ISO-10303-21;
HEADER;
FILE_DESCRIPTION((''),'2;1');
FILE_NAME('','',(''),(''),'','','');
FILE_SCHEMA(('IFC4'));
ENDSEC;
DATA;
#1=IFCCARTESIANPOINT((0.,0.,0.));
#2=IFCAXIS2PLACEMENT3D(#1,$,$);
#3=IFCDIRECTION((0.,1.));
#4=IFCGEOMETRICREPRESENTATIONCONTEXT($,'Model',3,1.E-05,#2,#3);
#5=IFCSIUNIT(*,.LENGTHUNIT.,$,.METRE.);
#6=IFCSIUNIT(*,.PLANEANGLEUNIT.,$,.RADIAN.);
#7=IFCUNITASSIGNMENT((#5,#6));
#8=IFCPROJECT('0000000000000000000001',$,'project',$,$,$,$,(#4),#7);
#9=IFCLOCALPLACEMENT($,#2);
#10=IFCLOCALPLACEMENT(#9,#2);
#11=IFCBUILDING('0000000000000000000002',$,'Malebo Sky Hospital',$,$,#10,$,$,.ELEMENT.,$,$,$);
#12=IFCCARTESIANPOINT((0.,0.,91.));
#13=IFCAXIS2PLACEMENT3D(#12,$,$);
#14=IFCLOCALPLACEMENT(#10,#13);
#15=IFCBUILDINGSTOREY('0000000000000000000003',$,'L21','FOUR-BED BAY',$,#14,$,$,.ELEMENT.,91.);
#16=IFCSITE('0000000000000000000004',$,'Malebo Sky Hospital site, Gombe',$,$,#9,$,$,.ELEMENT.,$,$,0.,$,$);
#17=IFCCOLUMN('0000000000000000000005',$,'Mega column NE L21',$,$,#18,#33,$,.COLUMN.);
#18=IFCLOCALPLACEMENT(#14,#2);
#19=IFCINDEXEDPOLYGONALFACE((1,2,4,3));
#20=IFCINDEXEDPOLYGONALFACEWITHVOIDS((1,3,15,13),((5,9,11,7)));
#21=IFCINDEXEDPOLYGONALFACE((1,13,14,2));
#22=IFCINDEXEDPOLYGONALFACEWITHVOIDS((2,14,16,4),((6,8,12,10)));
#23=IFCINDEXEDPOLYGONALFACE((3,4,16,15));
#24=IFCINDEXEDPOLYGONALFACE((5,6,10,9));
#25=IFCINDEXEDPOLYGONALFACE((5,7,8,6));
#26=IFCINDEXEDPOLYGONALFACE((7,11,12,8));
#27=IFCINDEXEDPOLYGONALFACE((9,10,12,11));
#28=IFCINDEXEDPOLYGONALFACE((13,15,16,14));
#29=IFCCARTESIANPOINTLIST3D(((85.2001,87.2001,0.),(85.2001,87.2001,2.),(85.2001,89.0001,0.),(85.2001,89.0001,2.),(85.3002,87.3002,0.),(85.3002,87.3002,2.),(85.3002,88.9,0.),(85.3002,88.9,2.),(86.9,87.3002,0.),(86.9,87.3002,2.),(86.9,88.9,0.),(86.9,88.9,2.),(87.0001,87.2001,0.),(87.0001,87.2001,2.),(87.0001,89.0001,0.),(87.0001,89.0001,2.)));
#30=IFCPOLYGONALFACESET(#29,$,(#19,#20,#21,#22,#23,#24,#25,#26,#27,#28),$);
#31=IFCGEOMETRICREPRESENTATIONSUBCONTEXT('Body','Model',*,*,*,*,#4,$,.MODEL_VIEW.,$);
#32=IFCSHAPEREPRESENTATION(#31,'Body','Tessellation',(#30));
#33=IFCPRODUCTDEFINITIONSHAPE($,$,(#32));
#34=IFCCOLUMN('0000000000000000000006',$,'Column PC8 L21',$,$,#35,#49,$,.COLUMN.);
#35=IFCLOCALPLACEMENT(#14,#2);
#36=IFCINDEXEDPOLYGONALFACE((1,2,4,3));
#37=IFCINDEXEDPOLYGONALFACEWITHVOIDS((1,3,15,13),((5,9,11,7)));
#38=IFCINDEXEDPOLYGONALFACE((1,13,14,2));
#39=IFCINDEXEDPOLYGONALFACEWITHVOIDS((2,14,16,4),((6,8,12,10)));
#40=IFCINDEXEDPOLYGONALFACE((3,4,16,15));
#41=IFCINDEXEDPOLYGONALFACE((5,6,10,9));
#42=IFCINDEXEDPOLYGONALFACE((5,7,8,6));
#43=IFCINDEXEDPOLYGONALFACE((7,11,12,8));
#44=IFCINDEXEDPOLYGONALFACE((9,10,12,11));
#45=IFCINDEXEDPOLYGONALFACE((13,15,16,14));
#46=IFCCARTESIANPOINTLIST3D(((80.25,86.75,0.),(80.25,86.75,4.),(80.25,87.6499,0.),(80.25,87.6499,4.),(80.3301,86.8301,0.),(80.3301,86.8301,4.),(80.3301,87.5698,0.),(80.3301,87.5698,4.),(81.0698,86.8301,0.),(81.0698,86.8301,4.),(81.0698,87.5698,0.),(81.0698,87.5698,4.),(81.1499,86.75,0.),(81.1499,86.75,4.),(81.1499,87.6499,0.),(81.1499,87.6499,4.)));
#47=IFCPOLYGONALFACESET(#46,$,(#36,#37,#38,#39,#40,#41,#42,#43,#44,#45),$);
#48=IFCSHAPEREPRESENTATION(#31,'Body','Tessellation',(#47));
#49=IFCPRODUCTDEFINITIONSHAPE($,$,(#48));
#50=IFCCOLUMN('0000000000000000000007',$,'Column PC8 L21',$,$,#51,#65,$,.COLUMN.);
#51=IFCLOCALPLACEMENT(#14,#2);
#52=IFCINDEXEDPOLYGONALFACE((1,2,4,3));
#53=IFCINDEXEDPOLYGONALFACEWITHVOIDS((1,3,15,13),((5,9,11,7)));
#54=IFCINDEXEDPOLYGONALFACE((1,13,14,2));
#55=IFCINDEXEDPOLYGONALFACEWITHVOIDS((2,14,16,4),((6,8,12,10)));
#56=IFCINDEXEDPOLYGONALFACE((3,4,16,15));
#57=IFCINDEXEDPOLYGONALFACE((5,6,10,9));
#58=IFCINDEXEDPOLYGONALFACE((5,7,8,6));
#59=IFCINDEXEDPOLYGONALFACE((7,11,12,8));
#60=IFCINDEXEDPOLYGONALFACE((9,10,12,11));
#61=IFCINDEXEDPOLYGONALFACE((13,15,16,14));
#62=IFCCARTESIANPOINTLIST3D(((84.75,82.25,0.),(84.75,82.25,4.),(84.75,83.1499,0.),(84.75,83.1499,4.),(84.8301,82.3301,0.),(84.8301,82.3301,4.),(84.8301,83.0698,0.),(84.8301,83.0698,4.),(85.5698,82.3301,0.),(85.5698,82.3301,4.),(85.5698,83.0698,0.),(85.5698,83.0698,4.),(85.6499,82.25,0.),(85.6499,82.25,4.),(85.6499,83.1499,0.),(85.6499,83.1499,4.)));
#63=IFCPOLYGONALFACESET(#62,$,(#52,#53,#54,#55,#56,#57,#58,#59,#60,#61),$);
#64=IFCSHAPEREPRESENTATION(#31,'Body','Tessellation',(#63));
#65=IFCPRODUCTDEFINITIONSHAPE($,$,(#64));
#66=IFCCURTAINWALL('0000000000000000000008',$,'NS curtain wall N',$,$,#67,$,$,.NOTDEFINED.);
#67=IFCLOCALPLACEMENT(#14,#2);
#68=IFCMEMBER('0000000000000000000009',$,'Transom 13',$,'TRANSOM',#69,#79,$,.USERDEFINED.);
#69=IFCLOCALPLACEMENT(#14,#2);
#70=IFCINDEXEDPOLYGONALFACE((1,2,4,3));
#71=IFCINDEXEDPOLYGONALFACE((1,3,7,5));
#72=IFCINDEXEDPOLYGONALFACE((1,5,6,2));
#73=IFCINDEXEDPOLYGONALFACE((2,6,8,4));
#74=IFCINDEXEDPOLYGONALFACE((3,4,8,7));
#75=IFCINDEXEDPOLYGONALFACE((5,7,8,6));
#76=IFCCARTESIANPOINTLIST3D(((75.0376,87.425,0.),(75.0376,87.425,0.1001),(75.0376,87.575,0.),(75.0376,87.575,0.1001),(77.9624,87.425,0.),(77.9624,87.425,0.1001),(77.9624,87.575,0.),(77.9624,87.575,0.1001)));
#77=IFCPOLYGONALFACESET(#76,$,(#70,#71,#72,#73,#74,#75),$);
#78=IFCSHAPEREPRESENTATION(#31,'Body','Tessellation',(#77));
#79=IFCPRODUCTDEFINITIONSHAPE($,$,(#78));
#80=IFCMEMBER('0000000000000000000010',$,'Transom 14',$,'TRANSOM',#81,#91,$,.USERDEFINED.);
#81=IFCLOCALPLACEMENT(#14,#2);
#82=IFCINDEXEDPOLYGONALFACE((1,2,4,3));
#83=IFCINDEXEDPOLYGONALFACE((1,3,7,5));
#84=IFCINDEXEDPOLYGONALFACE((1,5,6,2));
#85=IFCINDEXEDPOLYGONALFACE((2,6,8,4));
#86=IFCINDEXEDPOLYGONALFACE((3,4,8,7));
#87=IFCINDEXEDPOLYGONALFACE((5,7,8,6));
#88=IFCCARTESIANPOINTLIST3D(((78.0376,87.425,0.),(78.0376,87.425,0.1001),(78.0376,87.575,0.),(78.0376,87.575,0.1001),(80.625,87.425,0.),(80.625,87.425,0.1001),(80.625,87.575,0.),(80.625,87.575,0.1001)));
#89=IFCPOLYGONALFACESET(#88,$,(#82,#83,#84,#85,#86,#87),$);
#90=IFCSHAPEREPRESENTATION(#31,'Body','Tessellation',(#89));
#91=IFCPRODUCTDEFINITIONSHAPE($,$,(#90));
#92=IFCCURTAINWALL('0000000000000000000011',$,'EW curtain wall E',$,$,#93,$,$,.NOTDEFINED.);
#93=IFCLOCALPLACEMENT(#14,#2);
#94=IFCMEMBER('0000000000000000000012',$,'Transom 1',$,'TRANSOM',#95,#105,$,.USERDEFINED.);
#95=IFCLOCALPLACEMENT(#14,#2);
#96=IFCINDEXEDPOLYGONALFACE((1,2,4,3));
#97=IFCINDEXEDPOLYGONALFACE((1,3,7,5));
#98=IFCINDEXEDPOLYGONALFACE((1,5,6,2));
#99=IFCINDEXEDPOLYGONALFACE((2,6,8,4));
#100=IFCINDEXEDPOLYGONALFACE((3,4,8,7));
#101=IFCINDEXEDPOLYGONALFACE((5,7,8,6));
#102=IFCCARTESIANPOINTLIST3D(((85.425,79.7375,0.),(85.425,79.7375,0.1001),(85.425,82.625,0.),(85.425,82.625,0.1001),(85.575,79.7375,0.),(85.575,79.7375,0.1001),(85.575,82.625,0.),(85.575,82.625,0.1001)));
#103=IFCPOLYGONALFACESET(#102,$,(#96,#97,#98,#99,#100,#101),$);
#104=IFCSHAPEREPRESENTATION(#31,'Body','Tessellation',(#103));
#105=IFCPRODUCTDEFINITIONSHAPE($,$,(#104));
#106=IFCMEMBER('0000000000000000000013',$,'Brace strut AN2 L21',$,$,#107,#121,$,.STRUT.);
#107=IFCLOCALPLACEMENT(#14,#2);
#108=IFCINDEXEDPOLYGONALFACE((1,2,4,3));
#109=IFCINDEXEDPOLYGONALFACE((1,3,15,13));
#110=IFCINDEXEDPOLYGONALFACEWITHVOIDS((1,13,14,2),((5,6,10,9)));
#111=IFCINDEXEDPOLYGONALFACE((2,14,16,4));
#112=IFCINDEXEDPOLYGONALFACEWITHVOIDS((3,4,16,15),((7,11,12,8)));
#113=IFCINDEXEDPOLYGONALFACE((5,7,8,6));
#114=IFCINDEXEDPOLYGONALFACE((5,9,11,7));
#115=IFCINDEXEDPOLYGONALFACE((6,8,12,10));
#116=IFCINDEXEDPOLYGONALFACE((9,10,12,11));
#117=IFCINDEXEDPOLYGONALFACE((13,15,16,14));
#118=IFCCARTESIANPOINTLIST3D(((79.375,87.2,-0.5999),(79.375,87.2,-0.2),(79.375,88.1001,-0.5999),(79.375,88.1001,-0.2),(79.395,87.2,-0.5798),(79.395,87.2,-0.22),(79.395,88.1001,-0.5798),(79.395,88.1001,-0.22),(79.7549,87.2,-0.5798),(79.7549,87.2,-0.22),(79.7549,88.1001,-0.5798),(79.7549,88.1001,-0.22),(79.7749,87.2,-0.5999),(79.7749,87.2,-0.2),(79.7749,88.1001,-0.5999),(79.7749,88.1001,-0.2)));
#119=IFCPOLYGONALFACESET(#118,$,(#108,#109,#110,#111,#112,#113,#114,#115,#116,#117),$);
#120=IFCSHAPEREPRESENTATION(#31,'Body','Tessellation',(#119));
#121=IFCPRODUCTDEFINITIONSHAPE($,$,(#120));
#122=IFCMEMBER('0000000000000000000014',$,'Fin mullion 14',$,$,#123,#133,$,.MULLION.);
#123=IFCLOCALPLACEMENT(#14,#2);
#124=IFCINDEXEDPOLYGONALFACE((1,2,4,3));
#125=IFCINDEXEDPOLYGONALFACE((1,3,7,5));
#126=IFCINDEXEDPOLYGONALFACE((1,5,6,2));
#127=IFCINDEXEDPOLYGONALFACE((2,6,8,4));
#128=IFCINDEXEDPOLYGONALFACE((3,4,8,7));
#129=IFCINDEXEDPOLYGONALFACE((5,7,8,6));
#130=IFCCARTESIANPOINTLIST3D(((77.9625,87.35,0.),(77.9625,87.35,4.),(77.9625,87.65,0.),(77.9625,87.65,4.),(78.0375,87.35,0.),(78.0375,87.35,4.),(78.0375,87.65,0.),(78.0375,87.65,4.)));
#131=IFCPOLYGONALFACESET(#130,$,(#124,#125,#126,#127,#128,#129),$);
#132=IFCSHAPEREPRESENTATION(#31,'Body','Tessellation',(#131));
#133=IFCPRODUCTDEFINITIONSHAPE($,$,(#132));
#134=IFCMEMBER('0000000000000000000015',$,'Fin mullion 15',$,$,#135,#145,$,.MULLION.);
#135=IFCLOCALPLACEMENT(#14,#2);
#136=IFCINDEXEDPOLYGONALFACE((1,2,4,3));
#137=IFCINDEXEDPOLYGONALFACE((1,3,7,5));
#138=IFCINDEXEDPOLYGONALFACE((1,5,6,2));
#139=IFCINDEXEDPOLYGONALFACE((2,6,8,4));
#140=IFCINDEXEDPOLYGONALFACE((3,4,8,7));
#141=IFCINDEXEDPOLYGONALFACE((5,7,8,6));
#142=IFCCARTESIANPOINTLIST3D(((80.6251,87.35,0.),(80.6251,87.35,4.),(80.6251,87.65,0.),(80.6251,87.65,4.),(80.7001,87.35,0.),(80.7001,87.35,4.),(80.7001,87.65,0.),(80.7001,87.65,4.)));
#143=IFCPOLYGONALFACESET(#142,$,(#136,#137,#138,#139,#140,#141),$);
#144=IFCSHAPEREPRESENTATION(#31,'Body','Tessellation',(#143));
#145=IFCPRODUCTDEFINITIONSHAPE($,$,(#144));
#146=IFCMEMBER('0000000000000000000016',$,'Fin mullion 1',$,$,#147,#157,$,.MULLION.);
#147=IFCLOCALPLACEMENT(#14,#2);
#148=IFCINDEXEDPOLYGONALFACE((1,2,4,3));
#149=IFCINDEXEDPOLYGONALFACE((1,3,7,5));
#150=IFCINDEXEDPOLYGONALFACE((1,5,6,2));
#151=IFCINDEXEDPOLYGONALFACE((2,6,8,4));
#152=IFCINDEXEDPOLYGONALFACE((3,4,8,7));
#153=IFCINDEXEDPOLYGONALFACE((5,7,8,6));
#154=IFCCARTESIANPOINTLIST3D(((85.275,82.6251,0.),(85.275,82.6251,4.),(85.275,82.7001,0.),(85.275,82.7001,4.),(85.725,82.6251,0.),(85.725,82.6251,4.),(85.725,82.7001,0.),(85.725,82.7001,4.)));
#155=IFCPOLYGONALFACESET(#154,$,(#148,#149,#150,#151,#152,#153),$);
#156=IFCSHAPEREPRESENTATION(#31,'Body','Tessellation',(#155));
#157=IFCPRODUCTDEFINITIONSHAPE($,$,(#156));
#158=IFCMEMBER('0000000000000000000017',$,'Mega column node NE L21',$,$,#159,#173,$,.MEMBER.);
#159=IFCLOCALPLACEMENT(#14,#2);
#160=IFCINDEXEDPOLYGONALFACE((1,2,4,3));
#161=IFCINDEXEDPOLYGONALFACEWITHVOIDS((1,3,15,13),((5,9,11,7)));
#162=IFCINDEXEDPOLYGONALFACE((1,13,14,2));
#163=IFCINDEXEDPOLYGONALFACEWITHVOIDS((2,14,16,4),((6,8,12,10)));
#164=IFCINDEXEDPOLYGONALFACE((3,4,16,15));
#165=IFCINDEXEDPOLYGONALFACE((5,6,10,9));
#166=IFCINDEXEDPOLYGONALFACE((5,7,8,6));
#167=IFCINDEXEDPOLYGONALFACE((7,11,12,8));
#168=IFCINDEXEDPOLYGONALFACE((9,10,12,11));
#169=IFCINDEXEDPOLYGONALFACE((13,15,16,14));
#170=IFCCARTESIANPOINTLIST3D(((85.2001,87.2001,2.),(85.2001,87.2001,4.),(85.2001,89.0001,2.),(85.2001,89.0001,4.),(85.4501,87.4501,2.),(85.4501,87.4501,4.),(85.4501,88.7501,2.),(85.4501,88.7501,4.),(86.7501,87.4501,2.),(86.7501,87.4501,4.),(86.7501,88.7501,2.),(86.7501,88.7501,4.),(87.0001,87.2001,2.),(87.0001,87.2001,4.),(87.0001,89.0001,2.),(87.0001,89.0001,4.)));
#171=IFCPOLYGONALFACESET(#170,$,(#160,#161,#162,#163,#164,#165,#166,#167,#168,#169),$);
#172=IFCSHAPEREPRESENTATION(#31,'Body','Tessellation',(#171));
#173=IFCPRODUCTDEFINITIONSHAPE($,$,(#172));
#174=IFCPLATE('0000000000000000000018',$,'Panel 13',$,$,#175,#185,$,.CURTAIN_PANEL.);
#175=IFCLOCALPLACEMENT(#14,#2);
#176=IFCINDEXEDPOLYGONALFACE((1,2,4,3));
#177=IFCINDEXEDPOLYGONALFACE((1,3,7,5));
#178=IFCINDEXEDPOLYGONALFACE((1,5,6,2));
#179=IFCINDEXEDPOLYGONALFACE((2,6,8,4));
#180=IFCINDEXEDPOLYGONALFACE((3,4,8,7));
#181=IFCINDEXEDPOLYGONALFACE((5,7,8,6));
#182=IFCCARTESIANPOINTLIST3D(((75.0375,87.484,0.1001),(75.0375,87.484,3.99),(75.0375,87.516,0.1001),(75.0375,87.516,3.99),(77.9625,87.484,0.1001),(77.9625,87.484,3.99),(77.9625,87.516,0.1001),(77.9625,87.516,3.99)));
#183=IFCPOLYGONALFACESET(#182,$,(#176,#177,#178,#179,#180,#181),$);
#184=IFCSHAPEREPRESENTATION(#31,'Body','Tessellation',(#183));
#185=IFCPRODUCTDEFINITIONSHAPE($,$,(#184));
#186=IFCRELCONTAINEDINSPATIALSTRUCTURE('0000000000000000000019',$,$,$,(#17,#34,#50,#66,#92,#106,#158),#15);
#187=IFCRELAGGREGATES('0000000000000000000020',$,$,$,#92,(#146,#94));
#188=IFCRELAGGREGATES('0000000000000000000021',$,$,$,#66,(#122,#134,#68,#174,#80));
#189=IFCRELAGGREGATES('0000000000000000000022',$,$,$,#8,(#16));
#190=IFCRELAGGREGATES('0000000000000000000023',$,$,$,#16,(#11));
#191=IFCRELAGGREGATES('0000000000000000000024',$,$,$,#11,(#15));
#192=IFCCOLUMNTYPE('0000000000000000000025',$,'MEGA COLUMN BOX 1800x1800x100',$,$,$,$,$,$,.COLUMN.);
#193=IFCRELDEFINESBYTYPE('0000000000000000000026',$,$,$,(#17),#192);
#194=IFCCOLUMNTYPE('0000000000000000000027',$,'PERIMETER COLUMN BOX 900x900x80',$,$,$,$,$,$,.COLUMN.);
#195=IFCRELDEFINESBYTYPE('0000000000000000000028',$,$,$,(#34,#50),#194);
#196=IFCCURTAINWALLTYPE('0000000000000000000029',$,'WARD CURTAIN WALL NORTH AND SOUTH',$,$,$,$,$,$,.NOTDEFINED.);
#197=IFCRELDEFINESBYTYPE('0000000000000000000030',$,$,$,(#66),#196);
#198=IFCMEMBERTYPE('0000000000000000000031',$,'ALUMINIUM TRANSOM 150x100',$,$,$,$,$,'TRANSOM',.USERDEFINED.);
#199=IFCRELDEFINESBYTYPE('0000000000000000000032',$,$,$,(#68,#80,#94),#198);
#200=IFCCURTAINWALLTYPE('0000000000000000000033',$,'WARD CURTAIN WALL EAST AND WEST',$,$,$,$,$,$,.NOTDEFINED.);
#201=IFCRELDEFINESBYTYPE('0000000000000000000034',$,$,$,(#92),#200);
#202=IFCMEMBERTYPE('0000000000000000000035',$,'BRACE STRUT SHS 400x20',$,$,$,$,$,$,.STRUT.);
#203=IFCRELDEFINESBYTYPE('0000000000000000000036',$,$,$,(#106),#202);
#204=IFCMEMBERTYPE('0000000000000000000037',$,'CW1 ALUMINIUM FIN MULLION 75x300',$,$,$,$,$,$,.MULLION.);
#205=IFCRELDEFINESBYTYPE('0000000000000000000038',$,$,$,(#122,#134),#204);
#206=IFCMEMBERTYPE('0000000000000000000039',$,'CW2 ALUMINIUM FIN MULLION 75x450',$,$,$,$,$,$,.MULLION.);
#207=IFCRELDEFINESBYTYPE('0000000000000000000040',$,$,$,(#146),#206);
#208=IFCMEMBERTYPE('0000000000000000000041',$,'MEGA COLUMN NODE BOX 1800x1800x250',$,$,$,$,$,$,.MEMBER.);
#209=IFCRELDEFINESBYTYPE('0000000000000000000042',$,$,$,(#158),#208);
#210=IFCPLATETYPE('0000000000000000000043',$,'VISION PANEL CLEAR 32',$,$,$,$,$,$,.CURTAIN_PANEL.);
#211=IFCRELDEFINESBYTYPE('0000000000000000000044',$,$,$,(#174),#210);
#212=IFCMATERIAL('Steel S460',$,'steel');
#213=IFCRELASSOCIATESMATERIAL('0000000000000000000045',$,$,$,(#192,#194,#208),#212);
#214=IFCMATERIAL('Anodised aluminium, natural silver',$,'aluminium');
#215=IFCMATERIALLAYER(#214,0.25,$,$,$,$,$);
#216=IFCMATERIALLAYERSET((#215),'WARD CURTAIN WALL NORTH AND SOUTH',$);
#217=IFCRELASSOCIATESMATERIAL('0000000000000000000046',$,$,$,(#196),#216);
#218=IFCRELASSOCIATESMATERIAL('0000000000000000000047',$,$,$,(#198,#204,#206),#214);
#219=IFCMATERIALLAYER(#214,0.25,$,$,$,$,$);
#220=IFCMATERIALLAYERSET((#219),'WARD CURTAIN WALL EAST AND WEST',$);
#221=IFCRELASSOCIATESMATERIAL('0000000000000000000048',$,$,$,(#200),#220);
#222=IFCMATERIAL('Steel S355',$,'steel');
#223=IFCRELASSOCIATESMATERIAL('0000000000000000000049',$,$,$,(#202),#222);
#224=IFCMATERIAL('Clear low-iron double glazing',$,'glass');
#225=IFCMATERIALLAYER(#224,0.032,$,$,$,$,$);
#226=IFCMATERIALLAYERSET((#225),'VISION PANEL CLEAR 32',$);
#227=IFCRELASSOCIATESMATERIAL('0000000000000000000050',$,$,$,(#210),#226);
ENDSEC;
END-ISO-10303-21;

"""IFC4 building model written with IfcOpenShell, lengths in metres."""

from ifc_helpers import new_model, si_unit, direction, frame, origin, origin_2d, place, context, subcontext, project, spatial, rectangle, hollow_rectangle, extrude, material, layer, layer_set, material_profile, profile_set, type_object, element, aggregate, save


model = new_model("IFC4")

# Units and contexts
model_context = context("Model", 3, precision=1e-05, world=origin(), true_north=direction((0.0, 1.0)))
body_context = subcontext(model_context, "Body", "Model", "MODEL_VIEW")
ifc_project = project(units=[si_unit("LENGTHUNIT", "METRE"), si_unit("PLANEANGLEUNIT", "RADIAN")], contexts=[model_context])

# Site, building, storey
site_placement = place(None, origin())
site = spatial("IfcSite", under=ifc_project, at=site_placement, Name="Malebo Sky Hospital site, Gombe", CompositionType="ELEMENT", RefElevation=0.0)
building_placement = place(site_placement, origin())
building = spatial("IfcBuilding", under=site, at=building_placement, Name="Malebo Sky Hospital", CompositionType="ELEMENT")
storey_placement = place(building_placement, frame((0.0, 0.0, 91.0)))
storey = spatial("IfcBuildingStorey", under=building, at=storey_placement, Name="L21", Description="FOUR-BED BAY", CompositionType="ELEMENT", Elevation=91.0)

# Columns
ifc_material_1 = material(Name="Steel S460", Category="steel")
ifc_material_profile_1 = material_profile(ifc_material_1, hollow_rectangle(XDim=1.8, YDim=1.8, WallThickness=0.1001, at=origin_2d()), Name="BOX 1800x1800x100")
ifc_profile_set_1 = profile_set([ifc_material_profile_1], Name="Steel S460")
column_type_1 = type_object("IfcColumnType", Name="MEGA COLUMN BOX 1800x1800x100", PredefinedType="COLUMN", material=ifc_profile_set_1)
column_placement = place(storey_placement, frame((86.1001, 88.1001, 0.0), z_axis=(0.0, 0.0, 1.0), x_axis=(1.0, 0.0, 0.0)))
element("IfcColumn", 1, at=column_placement, inside=storey, type_object=column_type_1, Name="Mega column NE L21", PredefinedType="COLUMN", context=body_context, shape_type="SweptSolid", body=[
    extrude(hollow_rectangle(XDim=1.8, YDim=1.8, WallThickness=0.1001, at=origin_2d()), origin(), (0.0, 0.0, 1.0), 2.0),
])
ifc_material_profile_2 = material_profile(ifc_material_1, hollow_rectangle(XDim=0.8999, YDim=0.8999, WallThickness=0.0801, at=origin_2d()), Name="BOX 900x900x80")
ifc_profile_set_2 = profile_set([ifc_material_profile_2], Name="Steel S460")
column_type_2 = type_object("IfcColumnType", Name="PERIMETER COLUMN BOX 900x900x80", PredefinedType="COLUMN", material=ifc_profile_set_2)
for number, where, z_axis, x_axis, name in (
    (2, (80.7, 87.2, 0.0), (0.0, 0.0, 1.0), (1.0, 0.0, 0.0), "Column PC8 L21"),
    (3, (85.2, 82.7, 0.0), (0.0, 0.0, 1.0), (1.0, 0.0, 0.0), "Column PC8 L21"),
):
    element("IfcColumn", number, at=place(storey_placement, frame(where, z_axis=z_axis, x_axis=x_axis)), inside=storey, type_object=column_type_2, Name=name, PredefinedType="COLUMN", context=body_context, shape_type="SweptSolid", body=[
        extrude(hollow_rectangle(XDim=0.8999, YDim=0.8999, WallThickness=0.0801, at=origin_2d()), origin(), (0.0, 0.0, 1.0), 4.0),
    ])

# Curtain wall, members
ifc_material_2 = material(Name="Anodised aluminium, natural silver", Category="aluminium")
ifc_layer_1 = layer(ifc_material_2, 0.25)
ifc_layer_set_1 = layer_set([ifc_layer_1], Name="WARD CURTAIN WALL NORTH AND SOUTH")
curtain_wall_type_1 = type_object("IfcCurtainWallType", Name="WARD CURTAIN WALL NORTH AND SOUTH", PredefinedType="NOTDEFINED", material=ifc_layer_set_1)
curtain_wall_1_placement = place(storey_placement, origin())
curtain_wall_1 = element("IfcCurtainWall", 4, at=curtain_wall_1_placement, inside=storey, type_object=curtain_wall_type_1, Name="NS curtain wall N", PredefinedType="NOTDEFINED")
ifc_material_profile_3 = material_profile(ifc_material_2, rectangle(XDim=0.1499, YDim=0.1001, at=origin_2d()), Name="ALUMINIUM TRANSOM 150x100")
ifc_profile_set_3 = profile_set([ifc_material_profile_3], Name="Anodised aluminium, natural silver")
member_type_1 = type_object("IfcMemberType", Name="ALUMINIUM TRANSOM 150x100", ElementType="TRANSOM", PredefinedType="USERDEFINED", material=ifc_profile_set_3)
member_1_placement = place(storey_placement, frame((75.0376, 87.5, 0.05), z_axis=(1.0, 0.0, 0.0), x_axis=(0.0, 1.0, 0.0)))
member_1 = element("IfcMember", 5, at=member_1_placement, type_object=member_type_1, Name="Transom 13", ObjectType="TRANSOM", PredefinedType="USERDEFINED", context=body_context, shape_type="SweptSolid", body=[
    extrude(rectangle(XDim=0.1499, YDim=0.1001, at=origin_2d()), origin(), (0.0, 0.0, 1.0), 2.9248),
])
member_2_placement = place(storey_placement, frame((78.0376, 87.5, 0.05), z_axis=(1.0, 0.0, 0.0), x_axis=(0.0, 1.0, 0.0)))
member_2 = element("IfcMember", 6, at=member_2_placement, type_object=member_type_1, Name="Transom 14", ObjectType="TRANSOM", PredefinedType="USERDEFINED", context=body_context, shape_type="SweptSolid", body=[
    extrude(rectangle(XDim=0.1499, YDim=0.1001, at=origin_2d()), origin(), (0.0, 0.0, 1.0), 2.5874),
])

# Curtain wall, member
ifc_layer_2 = layer(ifc_material_2, 0.25)
ifc_layer_set_2 = layer_set([ifc_layer_2], Name="WARD CURTAIN WALL EAST AND WEST")
curtain_wall_type_2 = type_object("IfcCurtainWallType", Name="WARD CURTAIN WALL EAST AND WEST", PredefinedType="NOTDEFINED", material=ifc_layer_set_2)
curtain_wall_2_placement = place(storey_placement, origin())
curtain_wall_2 = element("IfcCurtainWall", 7, at=curtain_wall_2_placement, inside=storey, type_object=curtain_wall_type_2, Name="EW curtain wall E", PredefinedType="NOTDEFINED")
member_3_placement = place(storey_placement, frame((85.5, 82.625, 0.05), z_axis=(0.0, -1.0, 0.0), x_axis=(1.0, 0.0, 0.0)))
member_3 = element("IfcMember", 8, at=member_3_placement, type_object=member_type_1, Name="Transom 1", ObjectType="TRANSOM", PredefinedType="USERDEFINED", context=body_context, shape_type="SweptSolid", body=[
    extrude(rectangle(XDim=0.1499, YDim=0.1001, at=origin_2d()), origin(), (0.0, 0.0, 1.0), 2.8875),
])

# Members
ifc_material_3 = material(Name="Steel S355", Category="steel")
ifc_material_profile_4 = material_profile(ifc_material_3, hollow_rectangle(XDim=0.3999, YDim=0.3999, WallThickness=0.02, at=origin_2d()), Name="SHS 400x20")
ifc_profile_set_4 = profile_set([ifc_material_profile_4], Name="Steel S355")
member_type_2 = type_object("IfcMemberType", Name="BRACE STRUT SHS 400x20", PredefinedType="STRUT", material=ifc_profile_set_4)
member_4_placement = place(storey_placement, frame((79.575, 88.1001, -0.3999), z_axis=(0.0, -1.0, 0.0), x_axis=(1.0, 0.0, 0.0)))
element("IfcMember", 9, at=member_4_placement, inside=storey, type_object=member_type_2, Name="Brace strut AN2 L21", PredefinedType="STRUT", context=body_context, shape_type="SweptSolid", body=[
    extrude(hollow_rectangle(XDim=0.3999, YDim=0.3999, WallThickness=0.02, at=origin_2d()), origin(), (0.0, 0.0, 1.0), 0.9001),
])
ifc_material_profile_5 = material_profile(ifc_material_2, rectangle(XDim=0.075, YDim=0.3, at=origin_2d()), Name="CW1 ALUMINIUM FIN MULLION 75x300")
ifc_profile_set_5 = profile_set([ifc_material_profile_5], Name="Anodised aluminium, natural silver")
member_type_3 = type_object("IfcMemberType", Name="CW1 ALUMINIUM FIN MULLION 75x300", PredefinedType="MULLION", material=ifc_profile_set_5)
member_5_placement = place(storey_placement, frame((78.0, 87.5, 0.0), z_axis=(0.0, 0.0, 1.0), x_axis=(1.0, 0.0, 0.0)))
member_5 = element("IfcMember", 10, at=member_5_placement, type_object=member_type_3, Name="Fin mullion 14", PredefinedType="MULLION", context=body_context, shape_type="SweptSolid", body=[
    extrude(rectangle(XDim=0.075, YDim=0.3, at=origin_2d()), origin(), (0.0, 0.0, 1.0), 4.0),
])
member_6_placement = place(storey_placement, frame((80.6626, 87.5, 0.0), z_axis=(0.0, 0.0, 1.0), x_axis=(1.0, 0.0, 0.0)))
member_6 = element("IfcMember", 11, at=member_6_placement, type_object=member_type_3, Name="Fin mullion 15", PredefinedType="MULLION", context=body_context, shape_type="SweptSolid", body=[
    extrude(rectangle(XDim=0.075, YDim=0.3, at=origin_2d()), origin(), (0.0, 0.0, 1.0), 4.0),
])
ifc_material_profile_6 = material_profile(ifc_material_2, rectangle(XDim=0.075, YDim=0.45, at=origin_2d()), Name="CW2 ALUMINIUM FIN MULLION 75x450")
ifc_profile_set_6 = profile_set([ifc_material_profile_6], Name="Anodised aluminium, natural silver")
member_type_4 = type_object("IfcMemberType", Name="CW2 ALUMINIUM FIN MULLION 75x450", PredefinedType="MULLION", material=ifc_profile_set_6)
member_7_placement = place(storey_placement, frame((85.5, 82.6626, 0.0), z_axis=(0.0, 0.0, 1.0), x_axis=(0.0, -1.0, 0.0)))
member_7 = element("IfcMember", 12, at=member_7_placement, type_object=member_type_4, Name="Fin mullion 1", PredefinedType="MULLION", context=body_context, shape_type="SweptSolid", body=[
    extrude(rectangle(XDim=0.075, YDim=0.45, at=origin_2d()), origin(), (0.0, 0.0, 1.0), 4.0),
])
aggregate(curtain_wall_2, [member_7, member_3])
ifc_material_profile_7 = material_profile(ifc_material_1, hollow_rectangle(XDim=1.8, YDim=1.8, WallThickness=0.25, at=origin_2d()), Name="BOX 1800x1800x250")
ifc_profile_set_7 = profile_set([ifc_material_profile_7], Name="Steel S460")
member_type_5 = type_object("IfcMemberType", Name="MEGA COLUMN NODE BOX 1800x1800x250", PredefinedType="MEMBER", material=ifc_profile_set_7)
member_8_placement = place(storey_placement, frame((86.1001, 88.1001, 2.0), z_axis=(0.0, 0.0, 1.0), x_axis=(1.0, 0.0, 0.0)))
element("IfcMember", 13, at=member_8_placement, inside=storey, type_object=member_type_5, Name="Mega column node NE L21", PredefinedType="MEMBER", context=body_context, shape_type="SweptSolid", body=[
    extrude(hollow_rectangle(XDim=1.8, YDim=1.8, WallThickness=0.25, at=origin_2d()), origin(), (0.0, 0.0, 1.0), 2.0),
])

# Plate
ifc_material_4 = material(Name="Clear low-iron double glazing", Category="glass")
ifc_layer_3 = layer(ifc_material_4, 0.032)
ifc_layer_set_3 = layer_set([ifc_layer_3], Name="VISION PANEL CLEAR 32")
plate_type = type_object("IfcPlateType", Name="VISION PANEL CLEAR 32", PredefinedType="CURTAIN_PANEL", material=ifc_layer_set_3)
plate_1_placement = place(storey_placement, frame((76.5, 87.5, 0.1001), z_axis=(0.0, 0.0, 1.0), x_axis=(1.0, 0.0, 0.0)))
plate_1 = element("IfcPlate", 14, at=plate_1_placement, type_object=plate_type, Name="Panel 13", PredefinedType="CURTAIN_PANEL", context=body_context, shape_type="SweptSolid", body=[
    extrude(rectangle(XDim=2.925, YDim=0.032, at=origin_2d()), origin(), (0.0, 0.0, 1.0), 3.8899),
])
aggregate(curtain_wall_1, [member_5, member_6, member_1, plate_1, member_2])

save(model, "model.ifc")
